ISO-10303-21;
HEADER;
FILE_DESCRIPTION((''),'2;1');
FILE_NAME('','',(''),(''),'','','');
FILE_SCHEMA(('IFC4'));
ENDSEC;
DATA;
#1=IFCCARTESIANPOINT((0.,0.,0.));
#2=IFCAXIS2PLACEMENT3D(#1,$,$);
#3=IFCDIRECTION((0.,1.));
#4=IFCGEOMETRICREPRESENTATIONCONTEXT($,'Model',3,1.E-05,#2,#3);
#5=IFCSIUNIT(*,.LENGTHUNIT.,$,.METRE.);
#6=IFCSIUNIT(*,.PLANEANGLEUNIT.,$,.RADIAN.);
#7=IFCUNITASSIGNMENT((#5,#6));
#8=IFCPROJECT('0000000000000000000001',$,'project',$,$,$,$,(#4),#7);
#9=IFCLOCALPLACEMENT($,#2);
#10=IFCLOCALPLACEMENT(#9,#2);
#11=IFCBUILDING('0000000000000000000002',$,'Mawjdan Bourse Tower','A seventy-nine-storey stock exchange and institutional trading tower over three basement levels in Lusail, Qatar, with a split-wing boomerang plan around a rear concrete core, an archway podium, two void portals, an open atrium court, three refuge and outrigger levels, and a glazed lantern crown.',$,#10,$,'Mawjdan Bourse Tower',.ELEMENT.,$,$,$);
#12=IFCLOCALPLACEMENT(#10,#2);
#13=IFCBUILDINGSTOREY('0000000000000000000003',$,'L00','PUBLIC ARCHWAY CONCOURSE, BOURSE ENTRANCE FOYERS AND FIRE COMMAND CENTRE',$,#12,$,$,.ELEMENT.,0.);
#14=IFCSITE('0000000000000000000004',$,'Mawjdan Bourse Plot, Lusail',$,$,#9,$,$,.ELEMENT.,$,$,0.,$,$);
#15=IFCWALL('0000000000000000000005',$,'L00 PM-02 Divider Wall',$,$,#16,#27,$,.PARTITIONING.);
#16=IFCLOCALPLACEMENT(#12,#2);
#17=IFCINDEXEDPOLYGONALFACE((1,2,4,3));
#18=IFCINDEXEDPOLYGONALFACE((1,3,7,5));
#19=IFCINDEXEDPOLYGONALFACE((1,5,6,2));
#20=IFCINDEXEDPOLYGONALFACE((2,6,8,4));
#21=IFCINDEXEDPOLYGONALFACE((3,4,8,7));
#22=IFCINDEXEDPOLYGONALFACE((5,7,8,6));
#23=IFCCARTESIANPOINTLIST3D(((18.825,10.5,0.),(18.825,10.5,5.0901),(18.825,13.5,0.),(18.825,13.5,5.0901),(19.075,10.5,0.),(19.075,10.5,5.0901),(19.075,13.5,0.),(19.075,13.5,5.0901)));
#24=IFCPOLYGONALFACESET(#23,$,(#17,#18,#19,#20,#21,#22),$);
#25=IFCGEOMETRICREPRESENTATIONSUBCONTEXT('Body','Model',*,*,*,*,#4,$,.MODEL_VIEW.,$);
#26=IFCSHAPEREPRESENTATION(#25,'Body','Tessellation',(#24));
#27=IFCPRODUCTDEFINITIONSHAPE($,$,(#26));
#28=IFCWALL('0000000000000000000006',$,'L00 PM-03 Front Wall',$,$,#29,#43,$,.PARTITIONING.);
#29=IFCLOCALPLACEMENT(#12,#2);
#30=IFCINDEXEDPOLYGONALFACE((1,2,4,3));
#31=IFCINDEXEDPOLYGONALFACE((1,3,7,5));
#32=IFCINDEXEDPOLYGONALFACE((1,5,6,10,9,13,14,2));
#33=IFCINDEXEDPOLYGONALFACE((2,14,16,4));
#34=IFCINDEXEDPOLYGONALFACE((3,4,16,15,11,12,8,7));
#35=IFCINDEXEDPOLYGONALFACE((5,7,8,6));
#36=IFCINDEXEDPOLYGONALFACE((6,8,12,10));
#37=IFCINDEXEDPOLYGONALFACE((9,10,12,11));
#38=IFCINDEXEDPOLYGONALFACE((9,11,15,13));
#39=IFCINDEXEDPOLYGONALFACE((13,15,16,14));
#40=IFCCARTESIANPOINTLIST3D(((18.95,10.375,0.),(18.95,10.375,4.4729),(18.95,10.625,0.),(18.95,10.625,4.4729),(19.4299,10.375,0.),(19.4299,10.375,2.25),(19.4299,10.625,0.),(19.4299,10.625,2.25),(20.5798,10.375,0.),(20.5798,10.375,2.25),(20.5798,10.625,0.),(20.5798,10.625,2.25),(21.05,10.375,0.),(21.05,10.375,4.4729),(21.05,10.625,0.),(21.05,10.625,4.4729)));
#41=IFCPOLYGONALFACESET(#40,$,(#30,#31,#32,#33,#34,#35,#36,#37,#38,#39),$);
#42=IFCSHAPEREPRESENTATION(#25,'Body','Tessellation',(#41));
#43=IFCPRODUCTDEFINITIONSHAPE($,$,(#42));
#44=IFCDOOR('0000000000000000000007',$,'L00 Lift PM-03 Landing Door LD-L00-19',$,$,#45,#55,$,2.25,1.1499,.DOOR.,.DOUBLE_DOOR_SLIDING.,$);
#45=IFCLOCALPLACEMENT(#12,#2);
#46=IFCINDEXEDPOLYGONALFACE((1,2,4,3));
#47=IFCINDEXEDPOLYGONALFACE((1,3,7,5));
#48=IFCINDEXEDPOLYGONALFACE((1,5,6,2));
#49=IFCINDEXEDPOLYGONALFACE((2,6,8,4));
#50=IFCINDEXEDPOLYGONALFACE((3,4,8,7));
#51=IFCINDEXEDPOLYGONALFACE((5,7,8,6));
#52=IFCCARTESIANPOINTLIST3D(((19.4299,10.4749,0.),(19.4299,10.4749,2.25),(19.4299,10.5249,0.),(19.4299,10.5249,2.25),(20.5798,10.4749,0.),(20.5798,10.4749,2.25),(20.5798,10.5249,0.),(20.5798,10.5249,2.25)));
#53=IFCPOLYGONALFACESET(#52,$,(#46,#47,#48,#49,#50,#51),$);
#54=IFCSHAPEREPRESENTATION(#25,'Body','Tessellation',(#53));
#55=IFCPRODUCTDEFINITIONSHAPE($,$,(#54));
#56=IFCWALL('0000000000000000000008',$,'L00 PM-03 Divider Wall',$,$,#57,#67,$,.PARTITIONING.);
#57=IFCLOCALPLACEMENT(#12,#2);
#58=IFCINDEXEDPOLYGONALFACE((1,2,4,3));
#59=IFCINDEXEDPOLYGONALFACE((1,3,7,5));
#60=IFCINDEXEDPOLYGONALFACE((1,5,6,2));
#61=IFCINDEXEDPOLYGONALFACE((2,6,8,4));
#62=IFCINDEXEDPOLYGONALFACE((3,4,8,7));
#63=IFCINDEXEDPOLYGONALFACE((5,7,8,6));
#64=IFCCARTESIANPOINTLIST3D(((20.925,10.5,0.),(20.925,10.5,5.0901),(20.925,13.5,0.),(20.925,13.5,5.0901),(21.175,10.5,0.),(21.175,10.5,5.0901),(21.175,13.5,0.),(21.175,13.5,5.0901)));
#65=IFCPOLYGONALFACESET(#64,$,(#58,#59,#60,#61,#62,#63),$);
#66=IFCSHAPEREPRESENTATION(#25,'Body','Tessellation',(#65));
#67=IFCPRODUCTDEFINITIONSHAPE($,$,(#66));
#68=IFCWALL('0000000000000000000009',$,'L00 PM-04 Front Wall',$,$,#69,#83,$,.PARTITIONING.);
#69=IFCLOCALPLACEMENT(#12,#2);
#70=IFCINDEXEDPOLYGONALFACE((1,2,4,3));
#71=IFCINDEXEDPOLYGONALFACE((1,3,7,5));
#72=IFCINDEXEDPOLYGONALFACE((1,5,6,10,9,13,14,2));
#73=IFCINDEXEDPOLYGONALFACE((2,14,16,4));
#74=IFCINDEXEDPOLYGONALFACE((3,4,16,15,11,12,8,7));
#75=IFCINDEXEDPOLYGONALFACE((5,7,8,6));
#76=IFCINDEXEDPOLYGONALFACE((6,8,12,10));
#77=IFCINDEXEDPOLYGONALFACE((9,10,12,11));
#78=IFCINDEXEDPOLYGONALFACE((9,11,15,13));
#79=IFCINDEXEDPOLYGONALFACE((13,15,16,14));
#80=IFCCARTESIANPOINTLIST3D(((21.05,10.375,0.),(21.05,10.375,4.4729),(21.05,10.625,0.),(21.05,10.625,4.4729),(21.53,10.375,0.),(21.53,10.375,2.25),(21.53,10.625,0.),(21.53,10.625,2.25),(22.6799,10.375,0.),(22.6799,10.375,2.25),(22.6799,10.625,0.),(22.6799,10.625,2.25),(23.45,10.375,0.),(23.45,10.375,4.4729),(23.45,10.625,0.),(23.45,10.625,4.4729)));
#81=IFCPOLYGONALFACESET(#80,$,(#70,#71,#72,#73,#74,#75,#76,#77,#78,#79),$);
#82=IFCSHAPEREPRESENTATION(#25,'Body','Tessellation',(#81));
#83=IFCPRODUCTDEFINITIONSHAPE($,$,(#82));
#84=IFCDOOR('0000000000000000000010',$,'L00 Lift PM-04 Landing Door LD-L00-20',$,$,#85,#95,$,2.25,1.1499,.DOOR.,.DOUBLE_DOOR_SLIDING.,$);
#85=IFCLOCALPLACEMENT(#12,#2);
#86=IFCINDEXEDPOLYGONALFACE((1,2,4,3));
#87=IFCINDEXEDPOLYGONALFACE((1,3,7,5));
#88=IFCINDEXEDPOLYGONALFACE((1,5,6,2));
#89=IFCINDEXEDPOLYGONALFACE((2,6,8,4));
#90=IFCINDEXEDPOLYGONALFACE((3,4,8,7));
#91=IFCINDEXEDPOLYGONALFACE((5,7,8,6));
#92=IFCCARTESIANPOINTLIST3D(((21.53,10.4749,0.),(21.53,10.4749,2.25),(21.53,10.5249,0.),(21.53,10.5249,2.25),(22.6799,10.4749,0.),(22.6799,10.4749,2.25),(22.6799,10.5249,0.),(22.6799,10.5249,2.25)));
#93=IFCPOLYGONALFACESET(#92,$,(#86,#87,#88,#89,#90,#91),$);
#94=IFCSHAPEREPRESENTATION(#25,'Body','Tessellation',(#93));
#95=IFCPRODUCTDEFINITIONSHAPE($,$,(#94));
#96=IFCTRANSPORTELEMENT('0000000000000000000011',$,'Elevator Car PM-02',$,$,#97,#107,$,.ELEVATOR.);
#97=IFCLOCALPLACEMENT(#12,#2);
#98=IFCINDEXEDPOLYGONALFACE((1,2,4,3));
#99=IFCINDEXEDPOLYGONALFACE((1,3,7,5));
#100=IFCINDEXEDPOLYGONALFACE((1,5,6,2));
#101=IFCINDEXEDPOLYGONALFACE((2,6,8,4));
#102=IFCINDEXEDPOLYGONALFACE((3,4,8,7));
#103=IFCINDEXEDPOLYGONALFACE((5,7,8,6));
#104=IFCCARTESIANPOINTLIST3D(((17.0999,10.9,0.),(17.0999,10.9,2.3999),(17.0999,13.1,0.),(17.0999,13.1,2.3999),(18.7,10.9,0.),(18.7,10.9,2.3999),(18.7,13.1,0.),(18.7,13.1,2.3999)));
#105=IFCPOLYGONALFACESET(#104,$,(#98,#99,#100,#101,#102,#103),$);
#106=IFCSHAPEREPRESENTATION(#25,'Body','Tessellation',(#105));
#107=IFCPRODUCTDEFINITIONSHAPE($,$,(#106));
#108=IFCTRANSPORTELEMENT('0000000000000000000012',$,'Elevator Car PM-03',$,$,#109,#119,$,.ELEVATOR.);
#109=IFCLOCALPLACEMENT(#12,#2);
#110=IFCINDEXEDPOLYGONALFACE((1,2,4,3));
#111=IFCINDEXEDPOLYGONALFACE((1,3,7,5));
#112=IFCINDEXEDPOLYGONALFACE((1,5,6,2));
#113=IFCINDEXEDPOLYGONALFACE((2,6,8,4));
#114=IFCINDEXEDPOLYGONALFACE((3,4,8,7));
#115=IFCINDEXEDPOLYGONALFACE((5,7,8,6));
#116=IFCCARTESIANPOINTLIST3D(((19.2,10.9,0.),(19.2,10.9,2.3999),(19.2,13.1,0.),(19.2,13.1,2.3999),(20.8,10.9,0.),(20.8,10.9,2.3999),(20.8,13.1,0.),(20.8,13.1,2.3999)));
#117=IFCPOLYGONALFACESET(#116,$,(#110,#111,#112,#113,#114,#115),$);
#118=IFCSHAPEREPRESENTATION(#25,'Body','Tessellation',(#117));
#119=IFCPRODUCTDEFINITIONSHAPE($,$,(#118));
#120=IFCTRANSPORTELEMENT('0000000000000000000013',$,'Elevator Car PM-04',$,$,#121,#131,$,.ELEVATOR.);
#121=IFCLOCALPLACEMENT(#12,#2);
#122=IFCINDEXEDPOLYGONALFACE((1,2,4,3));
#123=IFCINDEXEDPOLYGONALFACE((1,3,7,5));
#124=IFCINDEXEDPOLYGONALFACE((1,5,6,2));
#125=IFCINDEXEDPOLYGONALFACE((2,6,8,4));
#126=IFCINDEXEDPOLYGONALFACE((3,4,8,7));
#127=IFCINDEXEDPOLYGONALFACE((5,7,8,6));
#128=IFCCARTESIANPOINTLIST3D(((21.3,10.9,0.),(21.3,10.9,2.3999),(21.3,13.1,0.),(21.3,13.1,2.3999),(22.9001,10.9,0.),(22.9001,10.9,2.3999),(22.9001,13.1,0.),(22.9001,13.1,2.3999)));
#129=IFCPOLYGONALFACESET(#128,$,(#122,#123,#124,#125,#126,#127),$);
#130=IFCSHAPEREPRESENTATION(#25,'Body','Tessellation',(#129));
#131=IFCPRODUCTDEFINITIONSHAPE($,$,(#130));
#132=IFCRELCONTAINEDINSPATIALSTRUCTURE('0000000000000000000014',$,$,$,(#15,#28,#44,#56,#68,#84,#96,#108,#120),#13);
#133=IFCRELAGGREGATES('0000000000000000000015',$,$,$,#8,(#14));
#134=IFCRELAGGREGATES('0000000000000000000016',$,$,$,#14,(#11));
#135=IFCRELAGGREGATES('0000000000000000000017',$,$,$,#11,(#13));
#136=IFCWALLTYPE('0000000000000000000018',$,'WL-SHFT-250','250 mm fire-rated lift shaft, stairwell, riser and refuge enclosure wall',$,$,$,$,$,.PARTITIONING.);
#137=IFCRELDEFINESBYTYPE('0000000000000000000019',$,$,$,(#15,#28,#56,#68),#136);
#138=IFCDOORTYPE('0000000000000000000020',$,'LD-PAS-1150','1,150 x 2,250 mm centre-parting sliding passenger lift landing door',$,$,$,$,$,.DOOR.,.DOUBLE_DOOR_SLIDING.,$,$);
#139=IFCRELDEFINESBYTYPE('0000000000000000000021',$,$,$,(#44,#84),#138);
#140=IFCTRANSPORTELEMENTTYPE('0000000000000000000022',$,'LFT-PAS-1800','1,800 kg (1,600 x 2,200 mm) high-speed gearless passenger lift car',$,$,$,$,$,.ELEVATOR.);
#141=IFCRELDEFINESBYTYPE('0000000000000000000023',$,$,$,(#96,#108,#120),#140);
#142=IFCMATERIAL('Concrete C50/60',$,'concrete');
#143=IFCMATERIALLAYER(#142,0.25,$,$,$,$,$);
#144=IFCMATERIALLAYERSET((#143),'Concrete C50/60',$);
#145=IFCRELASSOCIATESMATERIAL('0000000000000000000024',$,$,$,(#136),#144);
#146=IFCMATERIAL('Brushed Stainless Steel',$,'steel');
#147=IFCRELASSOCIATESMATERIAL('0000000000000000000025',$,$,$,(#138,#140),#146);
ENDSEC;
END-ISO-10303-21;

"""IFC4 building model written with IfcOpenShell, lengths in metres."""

from ifc_helpers import new_model, si_unit, direction, frame, frame_2d, origin, origin_2d, place, context, subcontext, project, spatial, rectangle, extrude, material, layer, layer_set, type_object, element, fill, save


model = new_model("IFC4")

# Units and contexts
model_context = context("Model", 3, precision=1e-05, world=origin(), true_north=direction((0.0, 1.0)))
body_context = subcontext(model_context, "Body", "Model", "MODEL_VIEW")
ifc_project = project(units=[si_unit("LENGTHUNIT", "METRE"), si_unit("PLANEANGLEUNIT", "RADIAN")], contexts=[model_context])

# Site, building, storey
site_placement = place(None, origin())
site = spatial("IfcSite", under=ifc_project, at=site_placement, Name="Mawjdan Bourse Plot, Lusail", CompositionType="ELEMENT", RefElevation=0.0)
building_placement = place(site_placement, origin())
building = spatial("IfcBuilding", under=site, at=building_placement, Name="Mawjdan Bourse Tower", Description="A seventy-nine-storey stock exchange and institutional trading tower over three basement levels in Lusail, Qatar, with a split-wing boomerang plan around a rear concrete core, an archway podium, two void portals, an open atrium court, three refuge and outrigger levels, and a glazed lantern crown.", LongName="Mawjdan Bourse Tower", CompositionType="ELEMENT")
storey_placement = place(building_placement, origin())
storey = spatial("IfcBuildingStorey", under=building, at=storey_placement, Name="L00", Description="PUBLIC ARCHWAY CONCOURSE, BOURSE ENTRANCE FOYERS AND FIRE COMMAND CENTRE", CompositionType="ELEMENT", Elevation=0.0)

# Shared definitions
ifc_material_1 = material(Name="Concrete C50/60", Category="concrete")
ifc_layer_1 = layer(ifc_material_1, 0.25)
ifc_layer_set_1 = layer_set([ifc_layer_1], Name="Concrete C50/60")
wall_type_1 = type_object("IfcWallType", Name="WL-SHFT-250", Description="250 mm fire-rated lift shaft, stairwell, riser and refuge enclosure wall", PredefinedType="PARTITIONING", material=ifc_layer_set_1)

# Shared definitions
ifc_material_2 = material(Name="Brushed Stainless Steel", Category="steel")
door_type = type_object("IfcDoorType", Name="LD-PAS-1150", Description="1,150 x 2,250 mm centre-parting sliding passenger lift landing door", OperationType="DOUBLE_DOOR_SLIDING", PredefinedType="DOOR", material=ifc_material_2)

# Wall
wall_1_placement = place(storey_placement, frame((18.95, 10.5, 0.0), z_axis=(0.0, 0.0, 1.0), x_axis=(0.0, 1.0, 0.0)))
element("IfcWall", 1, at=wall_1_placement, inside=storey, type_object=wall_type_1, Name="L00 PM-02 Divider Wall", PredefinedType="PARTITIONING", context=body_context, shape_type="SweptSolid", body=[
    extrude(rectangle(XDim=3.0, YDim=0.25, at=frame_2d((1.5, 0.0))), origin(), (0.0, 0.0, 1.0), 5.0901),
])

# Wall, opening, door
wall_2_placement = place(storey_placement, frame((18.95, 10.5, 0.0), z_axis=(0.0, 0.0, 1.0), x_axis=(1.0, 0.0, 0.0)))
wall_2 = element("IfcWall", 2, at=wall_2_placement, inside=storey, type_object=wall_type_1, Name="L00 PM-03 Front Wall", PredefinedType="PARTITIONING", context=body_context, shape_type="SweptSolid", body=[
    extrude(rectangle(XDim=2.1001, YDim=0.25, at=frame_2d((1.05, 0.0))), origin(), (0.0, 0.0, 1.0), 4.4729),
])
opening_1_placement = place(wall_2_placement, frame((0.48, 0.0, 0.0)))
opening_1 = element("IfcOpeningElement", 3, at=opening_1_placement, cuts=wall_2, PredefinedType="OPENING", context=body_context, shape_type="SweptSolid", body=[
    extrude(rectangle(XDim=1.1499, YDim=2.25, at=frame_2d((0.575, 1.125))), frame((0.0, 0.135, 0.0), z_axis=(0.0, -1.0, 0.0), x_axis=(1.0, 0.0, 0.0)), (0.0, 0.0, 1.0), 0.27),
])
door_1_placement = place(opening_1_placement, origin())
door_1 = element("IfcDoor", 4, at=door_1_placement, inside=storey, type_object=door_type, Name="L00 Lift PM-03 Landing Door LD-L00-19", OperationType="DOUBLE_DOOR_SLIDING", OverallHeight=2.25, OverallWidth=1.1499, PredefinedType="DOOR", context=body_context, shape_type="SweptSolid", body=[
    extrude(rectangle(XDim=1.1499, YDim=2.25, at=frame_2d((0.575, 1.125))), frame((0.0, 0.0249, 0.0), z_axis=(0.0, -1.0, 0.0), x_axis=(1.0, 0.0, 0.0)), (0.0, 0.0, 1.0), 0.05),
])
fill(opening_1, door_1)

# Wall
wall_3_placement = place(storey_placement, frame((21.05, 10.5, 0.0), z_axis=(0.0, 0.0, 1.0), x_axis=(0.0, 1.0, 0.0)))
element("IfcWall", 5, at=wall_3_placement, inside=storey, type_object=wall_type_1, Name="L00 PM-03 Divider Wall", PredefinedType="PARTITIONING", context=body_context, shape_type="SweptSolid", body=[
    extrude(rectangle(XDim=3.0, YDim=0.25, at=frame_2d((1.5, 0.0))), origin(), (0.0, 0.0, 1.0), 5.0901),
])

# Wall, opening, door
wall_4_placement = place(storey_placement, frame((21.05, 10.5, 0.0), z_axis=(0.0, 0.0, 1.0), x_axis=(1.0, 0.0, 0.0)))
wall_4 = element("IfcWall", 6, at=wall_4_placement, inside=storey, type_object=wall_type_1, Name="L00 PM-04 Front Wall", PredefinedType="PARTITIONING", context=body_context, shape_type="SweptSolid", body=[
    extrude(rectangle(XDim=2.3999, YDim=0.25, at=frame_2d((1.2, 0.0))), origin(), (0.0, 0.0, 1.0), 4.4729),
])
opening_2_placement = place(wall_4_placement, frame((0.48, 0.0, 0.0)))
opening_2 = element("IfcOpeningElement", 7, at=opening_2_placement, cuts=wall_4, PredefinedType="OPENING", context=body_context, shape_type="SweptSolid", body=[
    extrude(rectangle(XDim=1.1499, YDim=2.25, at=frame_2d((0.575, 1.125))), frame((0.0, 0.135, 0.0), z_axis=(0.0, -1.0, 0.0), x_axis=(1.0, 0.0, 0.0)), (0.0, 0.0, 1.0), 0.27),
])
door_2_placement = place(opening_2_placement, origin())
door_2 = element("IfcDoor", 8, at=door_2_placement, inside=storey, type_object=door_type, Name="L00 Lift PM-04 Landing Door LD-L00-20", OperationType="DOUBLE_DOOR_SLIDING", OverallHeight=2.25, OverallWidth=1.1499, PredefinedType="DOOR", context=body_context, shape_type="SweptSolid", body=[
    extrude(rectangle(XDim=1.1499, YDim=2.25, at=frame_2d((0.575, 1.125))), frame((0.0, 0.0249, 0.0), z_axis=(0.0, -1.0, 0.0), x_axis=(1.0, 0.0, 0.0)), (0.0, 0.0, 1.0), 0.05),
])
fill(opening_2, door_2)

# Transport elements
transport_element_type = type_object("IfcTransportElementType", Name="LFT-PAS-1800", Description="1,800 kg (1,600 x 2,200 mm) high-speed gearless passenger lift car", PredefinedType="ELEVATOR", material=ifc_material_2)
for number, where, z_axis, x_axis, name in (
    (9, (17.8999, 12.0, 0.0), (0.0, 0.0, 1.0), (1.0, 0.0, 0.0), "Elevator Car PM-02"),
    (10, (20.0, 12.0, 0.0), (0.0, 0.0, 1.0), (1.0, 0.0, 0.0), "Elevator Car PM-03"),
    (11, (22.1001, 12.0, 0.0), (0.0, 0.0, 1.0), (1.0, 0.0, 0.0), "Elevator Car PM-04"),
):
    element("IfcTransportElement", number, at=place(storey_placement, frame(where, z_axis=z_axis, x_axis=x_axis)), inside=storey, type_object=transport_element_type, Name=name, PredefinedType="ELEVATOR", context=body_context, shape_type="SweptSolid", body=[
        extrude(rectangle(XDim=1.6001, YDim=2.2, at=origin_2d()), origin(), (0.0, 0.0, 1.0), 2.3999),
    ])

save(model, "model.ifc")
